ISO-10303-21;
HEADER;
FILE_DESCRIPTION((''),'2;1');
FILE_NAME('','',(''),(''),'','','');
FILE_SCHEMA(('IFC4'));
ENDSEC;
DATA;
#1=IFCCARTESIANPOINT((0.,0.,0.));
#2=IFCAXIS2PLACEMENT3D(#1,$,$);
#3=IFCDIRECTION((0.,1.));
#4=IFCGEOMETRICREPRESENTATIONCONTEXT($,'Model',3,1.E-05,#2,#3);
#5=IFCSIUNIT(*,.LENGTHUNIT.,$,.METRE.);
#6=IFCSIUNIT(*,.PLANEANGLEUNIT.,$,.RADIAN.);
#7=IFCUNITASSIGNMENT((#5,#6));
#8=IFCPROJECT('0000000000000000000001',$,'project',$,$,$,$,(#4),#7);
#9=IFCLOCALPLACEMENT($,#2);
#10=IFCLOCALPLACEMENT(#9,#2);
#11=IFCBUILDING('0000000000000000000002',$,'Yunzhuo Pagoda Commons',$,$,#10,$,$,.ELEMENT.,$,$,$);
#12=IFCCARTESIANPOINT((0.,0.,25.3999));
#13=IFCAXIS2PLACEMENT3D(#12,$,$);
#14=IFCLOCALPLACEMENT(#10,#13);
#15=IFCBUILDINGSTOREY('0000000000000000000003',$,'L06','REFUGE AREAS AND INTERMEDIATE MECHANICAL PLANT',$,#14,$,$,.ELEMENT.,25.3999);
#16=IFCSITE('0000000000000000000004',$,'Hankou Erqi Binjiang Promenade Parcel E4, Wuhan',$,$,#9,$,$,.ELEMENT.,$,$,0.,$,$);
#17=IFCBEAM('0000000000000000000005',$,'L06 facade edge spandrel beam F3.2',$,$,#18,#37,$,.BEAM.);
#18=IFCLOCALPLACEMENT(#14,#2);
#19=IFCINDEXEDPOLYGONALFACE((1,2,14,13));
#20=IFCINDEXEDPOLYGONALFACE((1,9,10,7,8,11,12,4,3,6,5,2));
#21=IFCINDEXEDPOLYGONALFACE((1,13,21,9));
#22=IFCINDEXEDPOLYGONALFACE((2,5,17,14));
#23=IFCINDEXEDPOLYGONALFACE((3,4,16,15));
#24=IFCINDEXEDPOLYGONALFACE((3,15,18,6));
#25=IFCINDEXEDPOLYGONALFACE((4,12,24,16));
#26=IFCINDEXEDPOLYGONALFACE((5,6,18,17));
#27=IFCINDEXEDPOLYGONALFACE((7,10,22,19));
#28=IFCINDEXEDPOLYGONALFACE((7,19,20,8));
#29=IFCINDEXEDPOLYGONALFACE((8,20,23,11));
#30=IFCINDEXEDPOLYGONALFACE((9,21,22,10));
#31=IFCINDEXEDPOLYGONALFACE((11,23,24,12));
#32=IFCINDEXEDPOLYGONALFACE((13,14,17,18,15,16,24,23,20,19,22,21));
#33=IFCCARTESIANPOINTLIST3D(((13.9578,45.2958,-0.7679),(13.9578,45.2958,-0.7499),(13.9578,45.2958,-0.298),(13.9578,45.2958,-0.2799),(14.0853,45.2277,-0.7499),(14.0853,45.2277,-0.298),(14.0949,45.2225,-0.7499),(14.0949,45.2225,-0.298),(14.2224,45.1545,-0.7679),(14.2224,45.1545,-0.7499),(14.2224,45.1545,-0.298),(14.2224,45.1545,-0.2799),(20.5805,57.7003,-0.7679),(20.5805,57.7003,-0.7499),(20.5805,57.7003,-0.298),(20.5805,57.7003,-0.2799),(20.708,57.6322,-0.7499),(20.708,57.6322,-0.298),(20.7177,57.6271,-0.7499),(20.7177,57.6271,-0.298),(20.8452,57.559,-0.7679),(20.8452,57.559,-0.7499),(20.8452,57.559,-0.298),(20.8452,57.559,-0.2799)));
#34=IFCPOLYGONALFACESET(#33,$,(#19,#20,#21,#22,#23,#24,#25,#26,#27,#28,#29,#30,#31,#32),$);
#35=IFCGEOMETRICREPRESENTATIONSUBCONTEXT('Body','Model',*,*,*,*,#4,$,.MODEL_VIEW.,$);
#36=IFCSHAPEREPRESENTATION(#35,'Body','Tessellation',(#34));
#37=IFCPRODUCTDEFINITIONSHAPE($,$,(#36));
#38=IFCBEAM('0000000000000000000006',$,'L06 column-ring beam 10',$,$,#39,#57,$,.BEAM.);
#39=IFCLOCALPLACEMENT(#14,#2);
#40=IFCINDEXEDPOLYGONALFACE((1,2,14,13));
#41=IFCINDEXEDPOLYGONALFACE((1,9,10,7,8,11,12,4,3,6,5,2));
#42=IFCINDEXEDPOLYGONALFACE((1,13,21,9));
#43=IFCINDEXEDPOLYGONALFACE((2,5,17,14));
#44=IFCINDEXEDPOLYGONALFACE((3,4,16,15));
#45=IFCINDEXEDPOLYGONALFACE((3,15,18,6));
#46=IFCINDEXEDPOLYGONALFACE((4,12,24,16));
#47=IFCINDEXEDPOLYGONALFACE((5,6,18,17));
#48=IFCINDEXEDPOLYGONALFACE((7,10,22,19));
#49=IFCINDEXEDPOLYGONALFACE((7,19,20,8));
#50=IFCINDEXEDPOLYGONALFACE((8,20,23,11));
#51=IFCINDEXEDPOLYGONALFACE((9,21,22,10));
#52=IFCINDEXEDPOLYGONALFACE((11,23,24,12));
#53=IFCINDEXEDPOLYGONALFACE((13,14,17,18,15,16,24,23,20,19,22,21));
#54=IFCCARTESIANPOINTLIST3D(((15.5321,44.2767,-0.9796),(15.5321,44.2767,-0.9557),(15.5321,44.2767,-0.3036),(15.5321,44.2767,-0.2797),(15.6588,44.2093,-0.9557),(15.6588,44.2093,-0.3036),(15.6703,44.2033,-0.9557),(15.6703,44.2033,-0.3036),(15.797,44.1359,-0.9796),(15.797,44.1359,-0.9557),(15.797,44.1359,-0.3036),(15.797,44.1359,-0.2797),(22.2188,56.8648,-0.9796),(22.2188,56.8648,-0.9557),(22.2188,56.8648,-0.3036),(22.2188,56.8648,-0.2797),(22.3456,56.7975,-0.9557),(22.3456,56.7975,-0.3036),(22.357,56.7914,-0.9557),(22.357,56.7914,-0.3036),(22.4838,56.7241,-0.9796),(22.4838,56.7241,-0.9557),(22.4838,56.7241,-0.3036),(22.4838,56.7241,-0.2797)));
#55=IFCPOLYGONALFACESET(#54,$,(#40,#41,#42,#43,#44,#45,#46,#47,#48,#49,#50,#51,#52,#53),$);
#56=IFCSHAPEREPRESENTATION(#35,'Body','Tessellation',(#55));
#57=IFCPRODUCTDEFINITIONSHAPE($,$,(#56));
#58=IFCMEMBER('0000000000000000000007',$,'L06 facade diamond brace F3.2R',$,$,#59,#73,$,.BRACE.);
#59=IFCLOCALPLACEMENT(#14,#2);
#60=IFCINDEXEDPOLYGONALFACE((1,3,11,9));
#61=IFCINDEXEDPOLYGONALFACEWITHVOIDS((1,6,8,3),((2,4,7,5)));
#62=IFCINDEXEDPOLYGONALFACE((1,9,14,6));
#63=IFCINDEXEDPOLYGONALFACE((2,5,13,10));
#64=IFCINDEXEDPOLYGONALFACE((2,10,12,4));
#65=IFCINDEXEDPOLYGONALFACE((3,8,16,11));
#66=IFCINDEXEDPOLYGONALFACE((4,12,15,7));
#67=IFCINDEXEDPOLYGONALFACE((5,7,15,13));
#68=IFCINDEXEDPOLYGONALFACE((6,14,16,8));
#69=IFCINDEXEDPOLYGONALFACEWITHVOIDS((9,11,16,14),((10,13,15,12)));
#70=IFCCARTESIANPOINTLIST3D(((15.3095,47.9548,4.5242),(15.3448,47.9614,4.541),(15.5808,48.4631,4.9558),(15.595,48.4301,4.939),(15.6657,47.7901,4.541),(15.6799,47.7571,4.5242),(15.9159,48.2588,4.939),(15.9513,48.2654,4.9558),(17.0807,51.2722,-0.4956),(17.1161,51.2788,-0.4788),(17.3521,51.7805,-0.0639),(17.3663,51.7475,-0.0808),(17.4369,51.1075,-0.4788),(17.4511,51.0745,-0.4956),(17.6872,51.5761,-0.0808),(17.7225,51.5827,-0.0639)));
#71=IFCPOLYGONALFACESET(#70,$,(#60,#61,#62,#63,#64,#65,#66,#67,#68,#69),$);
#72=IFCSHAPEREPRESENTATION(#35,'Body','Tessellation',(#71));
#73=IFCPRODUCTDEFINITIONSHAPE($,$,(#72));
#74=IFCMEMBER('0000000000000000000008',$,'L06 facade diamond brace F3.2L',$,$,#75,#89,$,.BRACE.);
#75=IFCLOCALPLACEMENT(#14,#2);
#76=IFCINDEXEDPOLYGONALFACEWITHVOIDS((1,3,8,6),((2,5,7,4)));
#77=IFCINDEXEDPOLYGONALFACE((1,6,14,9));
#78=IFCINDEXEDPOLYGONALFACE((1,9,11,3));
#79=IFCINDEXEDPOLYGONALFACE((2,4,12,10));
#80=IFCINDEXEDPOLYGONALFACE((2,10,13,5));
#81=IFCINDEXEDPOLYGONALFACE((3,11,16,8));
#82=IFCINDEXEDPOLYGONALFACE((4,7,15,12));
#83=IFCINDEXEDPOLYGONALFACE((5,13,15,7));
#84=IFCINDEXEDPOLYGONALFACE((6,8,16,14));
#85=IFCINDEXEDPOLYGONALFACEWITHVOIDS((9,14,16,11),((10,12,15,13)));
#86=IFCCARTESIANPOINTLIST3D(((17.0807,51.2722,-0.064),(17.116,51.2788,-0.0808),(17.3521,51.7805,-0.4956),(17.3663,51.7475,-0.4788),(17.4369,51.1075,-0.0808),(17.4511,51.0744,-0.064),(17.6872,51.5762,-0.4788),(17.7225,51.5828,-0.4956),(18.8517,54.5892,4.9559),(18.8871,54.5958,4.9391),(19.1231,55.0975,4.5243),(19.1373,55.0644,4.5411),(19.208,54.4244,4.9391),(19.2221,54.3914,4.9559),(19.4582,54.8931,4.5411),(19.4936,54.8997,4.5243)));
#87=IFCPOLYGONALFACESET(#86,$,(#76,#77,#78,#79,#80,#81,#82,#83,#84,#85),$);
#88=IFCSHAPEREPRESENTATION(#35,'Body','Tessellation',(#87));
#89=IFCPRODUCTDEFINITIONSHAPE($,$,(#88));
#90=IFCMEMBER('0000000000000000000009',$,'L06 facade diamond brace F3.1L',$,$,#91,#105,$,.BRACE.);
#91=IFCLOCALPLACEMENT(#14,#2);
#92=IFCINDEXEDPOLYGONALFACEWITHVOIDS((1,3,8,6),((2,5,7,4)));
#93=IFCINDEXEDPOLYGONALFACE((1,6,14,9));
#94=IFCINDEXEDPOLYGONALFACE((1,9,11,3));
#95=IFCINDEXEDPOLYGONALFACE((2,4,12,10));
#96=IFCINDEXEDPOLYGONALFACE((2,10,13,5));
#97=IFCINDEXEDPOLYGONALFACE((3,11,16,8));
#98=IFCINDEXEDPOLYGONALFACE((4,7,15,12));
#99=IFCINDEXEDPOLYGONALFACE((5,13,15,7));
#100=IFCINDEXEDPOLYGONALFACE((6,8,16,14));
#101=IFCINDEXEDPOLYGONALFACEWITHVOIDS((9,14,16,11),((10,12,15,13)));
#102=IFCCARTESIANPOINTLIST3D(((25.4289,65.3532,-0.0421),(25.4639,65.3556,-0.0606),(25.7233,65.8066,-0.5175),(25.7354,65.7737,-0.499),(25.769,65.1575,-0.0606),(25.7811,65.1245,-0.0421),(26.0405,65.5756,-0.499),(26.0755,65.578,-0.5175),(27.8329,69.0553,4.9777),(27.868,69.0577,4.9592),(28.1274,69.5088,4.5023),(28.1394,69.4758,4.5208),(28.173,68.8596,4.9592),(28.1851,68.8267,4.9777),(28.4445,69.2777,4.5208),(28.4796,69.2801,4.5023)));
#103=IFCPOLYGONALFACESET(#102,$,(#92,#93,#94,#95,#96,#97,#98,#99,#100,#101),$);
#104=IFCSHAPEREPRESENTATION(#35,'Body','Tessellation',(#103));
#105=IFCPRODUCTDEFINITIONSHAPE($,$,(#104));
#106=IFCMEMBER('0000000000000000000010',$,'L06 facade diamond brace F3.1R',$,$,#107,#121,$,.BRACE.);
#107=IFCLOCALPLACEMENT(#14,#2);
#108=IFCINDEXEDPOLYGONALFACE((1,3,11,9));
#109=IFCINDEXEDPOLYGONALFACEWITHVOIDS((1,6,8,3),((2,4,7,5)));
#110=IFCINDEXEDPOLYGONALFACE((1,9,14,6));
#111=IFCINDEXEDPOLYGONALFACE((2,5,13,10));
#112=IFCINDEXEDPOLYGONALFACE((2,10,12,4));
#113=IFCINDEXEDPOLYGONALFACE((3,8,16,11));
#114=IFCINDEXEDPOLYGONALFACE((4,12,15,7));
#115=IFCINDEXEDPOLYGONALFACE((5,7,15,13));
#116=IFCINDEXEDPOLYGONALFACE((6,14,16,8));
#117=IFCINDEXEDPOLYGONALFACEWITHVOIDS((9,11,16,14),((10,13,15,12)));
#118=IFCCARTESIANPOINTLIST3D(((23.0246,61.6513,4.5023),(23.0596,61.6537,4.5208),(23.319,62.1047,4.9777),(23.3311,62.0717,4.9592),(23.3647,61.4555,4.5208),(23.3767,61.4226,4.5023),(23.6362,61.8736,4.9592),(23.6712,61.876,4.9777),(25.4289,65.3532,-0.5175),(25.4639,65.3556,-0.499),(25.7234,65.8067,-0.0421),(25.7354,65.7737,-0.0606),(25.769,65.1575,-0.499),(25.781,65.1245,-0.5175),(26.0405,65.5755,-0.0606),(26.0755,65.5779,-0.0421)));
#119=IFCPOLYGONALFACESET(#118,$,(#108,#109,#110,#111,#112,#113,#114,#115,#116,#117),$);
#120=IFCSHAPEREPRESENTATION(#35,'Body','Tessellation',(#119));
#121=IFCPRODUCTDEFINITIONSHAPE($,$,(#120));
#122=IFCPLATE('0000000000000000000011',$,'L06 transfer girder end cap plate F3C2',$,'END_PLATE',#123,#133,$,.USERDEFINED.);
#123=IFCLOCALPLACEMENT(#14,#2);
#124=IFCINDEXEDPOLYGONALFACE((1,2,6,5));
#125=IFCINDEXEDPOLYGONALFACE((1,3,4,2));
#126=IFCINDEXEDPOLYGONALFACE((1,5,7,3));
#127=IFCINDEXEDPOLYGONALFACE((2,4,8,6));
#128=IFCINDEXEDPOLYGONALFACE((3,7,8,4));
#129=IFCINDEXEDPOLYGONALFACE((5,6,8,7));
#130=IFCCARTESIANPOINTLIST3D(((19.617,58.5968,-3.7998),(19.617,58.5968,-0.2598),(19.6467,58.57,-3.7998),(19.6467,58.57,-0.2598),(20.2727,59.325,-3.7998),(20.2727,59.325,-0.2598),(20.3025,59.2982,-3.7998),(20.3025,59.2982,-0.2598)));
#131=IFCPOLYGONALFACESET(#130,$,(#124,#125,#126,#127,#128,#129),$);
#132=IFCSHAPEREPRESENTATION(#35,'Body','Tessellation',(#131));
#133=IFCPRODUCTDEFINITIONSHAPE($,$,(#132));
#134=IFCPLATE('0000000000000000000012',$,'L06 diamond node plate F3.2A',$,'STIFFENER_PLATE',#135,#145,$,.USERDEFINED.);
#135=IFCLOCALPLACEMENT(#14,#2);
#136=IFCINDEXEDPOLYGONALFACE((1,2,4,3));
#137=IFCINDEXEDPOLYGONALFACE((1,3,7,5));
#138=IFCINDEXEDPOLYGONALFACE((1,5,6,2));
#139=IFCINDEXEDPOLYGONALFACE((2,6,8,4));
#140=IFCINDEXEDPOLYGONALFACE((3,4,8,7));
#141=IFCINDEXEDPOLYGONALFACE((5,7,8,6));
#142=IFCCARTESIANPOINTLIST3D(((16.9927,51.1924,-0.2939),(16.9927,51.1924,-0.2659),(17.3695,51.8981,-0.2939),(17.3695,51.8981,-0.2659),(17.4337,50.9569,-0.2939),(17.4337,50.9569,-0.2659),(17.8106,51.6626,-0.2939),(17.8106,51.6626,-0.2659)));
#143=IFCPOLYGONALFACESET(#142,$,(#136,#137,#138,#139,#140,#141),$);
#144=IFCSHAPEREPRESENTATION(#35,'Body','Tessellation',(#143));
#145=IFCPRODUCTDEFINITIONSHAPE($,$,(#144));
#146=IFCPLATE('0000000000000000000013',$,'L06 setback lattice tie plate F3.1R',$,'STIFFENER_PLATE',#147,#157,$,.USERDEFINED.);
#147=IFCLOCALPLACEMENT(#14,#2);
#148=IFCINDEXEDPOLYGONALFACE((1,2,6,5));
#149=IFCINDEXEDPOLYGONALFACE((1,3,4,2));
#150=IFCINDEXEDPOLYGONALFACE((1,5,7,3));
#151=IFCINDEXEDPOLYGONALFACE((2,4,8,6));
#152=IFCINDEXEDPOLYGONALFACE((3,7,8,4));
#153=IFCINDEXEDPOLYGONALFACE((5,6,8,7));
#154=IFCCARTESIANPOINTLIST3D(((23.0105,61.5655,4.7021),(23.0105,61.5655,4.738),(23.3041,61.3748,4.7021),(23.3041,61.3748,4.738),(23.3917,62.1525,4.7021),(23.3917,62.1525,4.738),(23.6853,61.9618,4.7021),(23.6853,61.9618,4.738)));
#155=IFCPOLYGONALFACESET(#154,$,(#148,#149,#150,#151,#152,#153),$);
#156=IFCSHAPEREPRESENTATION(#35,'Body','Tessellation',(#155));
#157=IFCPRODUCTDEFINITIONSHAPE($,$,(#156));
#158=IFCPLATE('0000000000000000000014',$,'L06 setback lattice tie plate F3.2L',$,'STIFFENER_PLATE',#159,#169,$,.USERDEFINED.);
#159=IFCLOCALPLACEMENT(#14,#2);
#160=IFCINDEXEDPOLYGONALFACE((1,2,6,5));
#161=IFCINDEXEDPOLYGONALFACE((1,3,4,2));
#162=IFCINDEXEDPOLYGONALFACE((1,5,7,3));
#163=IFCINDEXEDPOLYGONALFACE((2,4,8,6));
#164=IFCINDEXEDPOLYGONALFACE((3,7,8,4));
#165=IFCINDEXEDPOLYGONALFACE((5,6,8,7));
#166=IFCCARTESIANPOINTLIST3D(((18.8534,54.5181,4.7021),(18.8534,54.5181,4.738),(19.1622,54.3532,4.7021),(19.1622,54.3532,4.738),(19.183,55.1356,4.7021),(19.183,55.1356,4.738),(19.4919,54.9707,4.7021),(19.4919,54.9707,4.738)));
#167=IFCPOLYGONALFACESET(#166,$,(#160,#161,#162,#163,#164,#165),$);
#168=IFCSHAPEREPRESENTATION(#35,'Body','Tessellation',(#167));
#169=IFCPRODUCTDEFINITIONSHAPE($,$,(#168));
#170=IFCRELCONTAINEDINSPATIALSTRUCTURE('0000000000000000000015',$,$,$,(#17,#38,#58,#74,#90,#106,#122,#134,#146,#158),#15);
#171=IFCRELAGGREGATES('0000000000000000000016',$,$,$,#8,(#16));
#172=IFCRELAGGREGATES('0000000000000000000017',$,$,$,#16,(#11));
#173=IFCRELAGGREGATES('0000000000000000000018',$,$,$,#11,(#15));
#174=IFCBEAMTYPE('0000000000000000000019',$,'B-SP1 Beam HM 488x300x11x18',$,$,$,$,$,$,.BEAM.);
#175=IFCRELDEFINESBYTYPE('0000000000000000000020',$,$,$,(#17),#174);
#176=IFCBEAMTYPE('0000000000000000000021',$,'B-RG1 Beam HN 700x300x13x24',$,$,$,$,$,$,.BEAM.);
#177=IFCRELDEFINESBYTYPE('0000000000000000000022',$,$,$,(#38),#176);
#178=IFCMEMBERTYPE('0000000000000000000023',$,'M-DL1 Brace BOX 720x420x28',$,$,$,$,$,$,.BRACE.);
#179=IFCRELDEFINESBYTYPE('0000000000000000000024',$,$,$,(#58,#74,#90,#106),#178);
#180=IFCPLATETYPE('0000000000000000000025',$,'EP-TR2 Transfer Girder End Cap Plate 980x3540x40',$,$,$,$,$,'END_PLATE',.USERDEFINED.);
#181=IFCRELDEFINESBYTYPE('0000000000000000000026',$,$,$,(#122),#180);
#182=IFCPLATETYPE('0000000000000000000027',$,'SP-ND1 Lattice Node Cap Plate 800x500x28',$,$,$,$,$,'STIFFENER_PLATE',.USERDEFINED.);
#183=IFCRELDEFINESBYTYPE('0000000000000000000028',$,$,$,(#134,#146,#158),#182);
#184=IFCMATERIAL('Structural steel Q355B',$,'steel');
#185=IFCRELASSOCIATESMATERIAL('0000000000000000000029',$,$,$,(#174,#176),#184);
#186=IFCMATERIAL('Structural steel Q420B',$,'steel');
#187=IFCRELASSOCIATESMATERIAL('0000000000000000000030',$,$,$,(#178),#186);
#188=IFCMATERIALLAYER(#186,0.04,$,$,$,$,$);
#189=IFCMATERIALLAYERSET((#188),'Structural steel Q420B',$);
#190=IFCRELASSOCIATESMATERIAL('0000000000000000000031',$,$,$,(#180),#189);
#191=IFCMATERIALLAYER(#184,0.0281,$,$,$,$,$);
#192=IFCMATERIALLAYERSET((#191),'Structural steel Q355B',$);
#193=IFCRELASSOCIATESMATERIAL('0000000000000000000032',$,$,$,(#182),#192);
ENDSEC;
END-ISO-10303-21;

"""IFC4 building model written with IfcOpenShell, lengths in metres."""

from ifc_helpers import new_model, si_unit, direction, frame, origin, origin_2d, place, context, subcontext, project, spatial, rectangle, hollow_rectangle, i_section, extrude, source, transform, mapped, material, layer, layer_set, material_profile, profile_set, type_object, element, save


model = new_model("IFC4")

# Units and contexts
model_context = context("Model", 3, precision=1e-05, world=origin(), true_north=direction((0.0, 1.0)))
body_context = subcontext(model_context, "Body", "Model", "MODEL_VIEW")
ifc_project = project(units=[si_unit("LENGTHUNIT", "METRE"), si_unit("PLANEANGLEUNIT", "RADIAN")], contexts=[model_context])

# Site, building, storey
site_placement = place(None, origin())
site = spatial("IfcSite", under=ifc_project, at=site_placement, Name="Hankou Erqi Binjiang Promenade Parcel E4, Wuhan", CompositionType="ELEMENT", RefElevation=0.0)
building_placement = place(site_placement, origin())
building = spatial("IfcBuilding", under=site, at=building_placement, Name="Yunzhuo Pagoda Commons", CompositionType="ELEMENT")
storey_placement = place(building_placement, frame((0.0, 0.0, 25.3999)))
storey = spatial("IfcBuildingStorey", under=building, at=storey_placement, Name="L06", Description="REFUGE AREAS AND INTERMEDIATE MECHANICAL PLANT", CompositionType="ELEMENT", Elevation=25.3999)

# Shared definitions
ifc_material_1 = material(Name="Structural steel Q420B", Category="steel")

# Beams
ifc_material_2 = material(Name="Structural steel Q355B", Category="steel")
ifc_material_profile_1 = material_profile(ifc_material_2, i_section(OverallWidth=0.3, OverallDepth=0.488, WebThickness=0.011, FlangeThickness=0.0181, at=origin_2d()), Name="Structural steel Q355B")
ifc_profile_set_1 = profile_set([ifc_material_profile_1], Name="Structural steel Q355B")
beam_type_1 = type_object("IfcBeamType", Name="B-SP1 Beam HM 488x300x11x18", PredefinedType="BEAM", material=ifc_profile_set_1)
shared_shape_1 = source(origin(), body_context, "Body", "SweptSolid", [
    extrude(i_section(OverallWidth=0.3, OverallDepth=0.488, WebThickness=0.011, FlangeThickness=0.0181, at=origin_2d()), origin(), (0.0, 0.0, 1.0), 14.0618),
])
beam_1_placement = place(storey_placement, frame((20.7129, 57.6296, -0.5239), z_axis=(-0.470978, -0.882145, 0.0), x_axis=(0.882145, -0.470978, 0.0)))
element("IfcBeam", 1, at=beam_1_placement, inside=storey, type_object=beam_type_1, Name="L06 facade edge spandrel beam F3.2", PredefinedType="BEAM", context=body_context, shape_type="MappedRepresentation", body=[
    mapped(shared_shape_1, transform((0.0, 0.0, 0.0), scale=1.0)),
])
ifc_material_profile_2 = material_profile(ifc_material_2, i_section(OverallWidth=0.3, OverallDepth=0.7, WebThickness=0.0129, FlangeThickness=0.0239, at=origin_2d()), Name="Structural steel Q355B")
ifc_profile_set_2 = profile_set([ifc_material_profile_2], Name="Structural steel Q355B")
beam_type_2 = type_object("IfcBeamType", Name="B-RG1 Beam HN 700x300x13x24", PredefinedType="BEAM", material=ifc_profile_set_2)
shared_shape_2 = source(origin(), body_context, "Body", "SweptSolid", [
    extrude(i_section(OverallWidth=0.3, OverallDepth=0.7, WebThickness=0.0129, FlangeThickness=0.0239, at=origin_2d()), origin(), (0.0, 0.0, 1.0), 14.2539),
])
beam_2_placement = place(storey_placement, frame((22.3513, 56.7944, -0.6296), z_axis=(-0.469118, -0.883135, 0.0), x_axis=(0.883135, -0.469118, 0.0)))
element("IfcBeam", 2, at=beam_2_placement, inside=storey, type_object=beam_type_2, Name="L06 column-ring beam 10", PredefinedType="BEAM", context=body_context, shape_type="MappedRepresentation", body=[
    mapped(shared_shape_2, transform((0.0, 0.0, 0.0), scale=1.0)),
])

# Members
ifc_material_profile_3 = material_profile(ifc_material_1, hollow_rectangle(XDim=0.4199, YDim=0.72, WallThickness=0.0281, at=origin_2d()), Name="Structural steel Q420B")
ifc_profile_set_3 = profile_set([ifc_material_profile_3], Name="Structural steel Q420B")
member_type = type_object("IfcMemberType", Name="M-DL1 Brace BOX 720x420x28", PredefinedType="BRACE", material=ifc_profile_set_3)
shared_shape_3 = source(origin(), body_context, "Body", "SweptSolid", [
    extrude(hollow_rectangle(XDim=0.4199, YDim=0.72, WallThickness=0.0281, at=origin_2d()), origin(), (0.0, 0.0, 1.0), 6.2722),
])
member_1_placement = place(storey_placement, frame((17.4016, 51.4275, -0.2798), z_axis=(-0.282395, -0.528903, 0.800322), x_axis=(0.882135, -0.470996, 0.0)))
element("IfcMember", 3, at=member_1_placement, inside=storey, type_object=member_type, Name="L06 facade diamond brace F3.2R", PredefinedType="BRACE", context=body_context, shape_type="MappedRepresentation", body=[
    mapped(shared_shape_3, transform((0.0, 0.0, 0.0), scale=1.0)),
])
shared_shape_4 = source(origin(), body_context, "Body", "SweptSolid", [
    extrude(hollow_rectangle(XDim=0.4199, YDim=0.72, WallThickness=0.0281, at=origin_2d()), origin(), (0.0, 0.0, 1.0), 6.272),
])
member_2_placement = place(storey_placement, frame((17.4016, 51.4275, -0.2798), z_axis=(0.282371, 0.528853, 0.800363), x_axis=(-0.882134, 0.470999, 0.0)))
element("IfcMember", 4, at=member_2_placement, inside=storey, type_object=member_type, Name="L06 facade diamond brace F3.2L", PredefinedType="BRACE", context=body_context, shape_type="MappedRepresentation", body=[
    mapped(shared_shape_4, transform((0.0, 0.0, 0.0), scale=1.0)),
])
shared_shape_5 = source(origin(), body_context, "Body", "SweptSolid", [
    extrude(hollow_rectangle(XDim=0.4199, YDim=0.72, WallThickness=0.0281, at=origin_2d()), origin(), (0.0, 0.0, 1.0), 6.6846),
])
for number, where, z_axis, x_axis, name in (
    (5, (25.7522, 65.4656, -0.2798), (0.359642, 0.553835, 0.750949), (-0.838686, 0.544615, 0.0), "L06 facade diamond brace F3.1L"),
    (6, (25.7522, 65.4656, -0.2798), (-0.359681, -0.553802, 0.750955), (0.838644, -0.544679, 0.0), "L06 facade diamond brace F3.1R"),
):
    element("IfcMember", number, at=place(storey_placement, frame(where, z_axis=z_axis, x_axis=x_axis)), inside=storey, type_object=member_type, Name=name, PredefinedType="BRACE", context=body_context, shape_type="MappedRepresentation", body=[
        mapped(shared_shape_5, transform((0.0, 0.0, 0.0), scale=1.0)),
    ])

# Plates
ifc_layer_1 = layer(ifc_material_1, 0.04)
ifc_layer_set_1 = layer_set([ifc_layer_1], Name="Structural steel Q420B")
plate_type_1 = type_object("IfcPlateType", Name="EP-TR2 Transfer Girder End Cap Plate 980x3540x40", ElementType="END_PLATE", PredefinedType="USERDEFINED", material=ifc_layer_set_1)
shared_shape_6 = source(origin(), body_context, "Body", "SweptSolid", [
    extrude(rectangle(XDim=0.98, YDim=0.04, at=origin_2d()), origin(), (0.0, 0.0, 1.0), 3.54),
])
plate_1_placement = place(storey_placement, frame((19.9597, 58.9475, -3.7998), z_axis=(0.0, 0.0, 1.0), x_axis=(-0.669131, -0.743145, 0.0)))
element("IfcPlate", 7, at=plate_1_placement, inside=storey, type_object=plate_type_1, Name="L06 transfer girder end cap plate F3C2", ObjectType="END_PLATE", PredefinedType="USERDEFINED", context=body_context, shape_type="MappedRepresentation", body=[
    mapped(shared_shape_6, transform((0.0, 0.0, 0.0), scale=1.0)),
])
ifc_layer_2 = layer(ifc_material_2, 0.0281)
ifc_layer_set_2 = layer_set([ifc_layer_2], Name="Structural steel Q355B")
plate_type_2 = type_object("IfcPlateType", Name="SP-ND1 Lattice Node Cap Plate 800x500x28", ElementType="STIFFENER_PLATE", PredefinedType="USERDEFINED", material=ifc_layer_set_2)
shared_shape_7 = source(origin(), body_context, "Body", "SweptSolid", [
    extrude(rectangle(XDim=0.8, YDim=0.5, at=origin_2d()), origin(), (0.0, 0.0, 1.0), 0.0281),
])
plate_2_placement = place(storey_placement, frame((17.4016, 51.4275, -0.2939), z_axis=(0.0, 0.0, 1.0), x_axis=(-0.470981, -0.882143, 0.0)))
element("IfcPlate", 8, at=plate_2_placement, inside=storey, type_object=plate_type_2, Name="L06 diamond node plate F3.2A", ObjectType="STIFFENER_PLATE", PredefinedType="USERDEFINED", context=body_context, shape_type="MappedRepresentation", body=[
    mapped(shared_shape_7, transform((0.0, 0.0, 0.0), scale=1.0)),
])
shared_shape_8 = source(origin(), body_context, "Body", "SweptSolid", [
    extrude(rectangle(XDim=0.7, YDim=0.3501, at=origin_2d()), origin(), (0.0, 0.0, 1.0), 0.0359),
])
for number, where, z_axis, x_axis, name in (
    (9, (23.3479, 61.7637, 4.7021), (0.0, 0.0, 1.0), (-0.544668, -0.838652, 0.0), "L06 setback lattice tie plate F3.1R"),
    (10, (19.1726, 54.7444, 4.7021), (0.0, 0.0, 1.0), (-0.470981, -0.882143, 0.0), "L06 setback lattice tie plate F3.2L"),
):
    element("IfcPlate", number, at=place(storey_placement, frame(where, z_axis=z_axis, x_axis=x_axis)), inside=storey, type_object=plate_type_2, Name=name, ObjectType="STIFFENER_PLATE", PredefinedType="USERDEFINED", context=body_context, shape_type="MappedRepresentation", body=[
        mapped(shared_shape_8, transform((0.0, 0.0, 0.0), scale=1.0)),
    ])

save(model, "model.ifc")
